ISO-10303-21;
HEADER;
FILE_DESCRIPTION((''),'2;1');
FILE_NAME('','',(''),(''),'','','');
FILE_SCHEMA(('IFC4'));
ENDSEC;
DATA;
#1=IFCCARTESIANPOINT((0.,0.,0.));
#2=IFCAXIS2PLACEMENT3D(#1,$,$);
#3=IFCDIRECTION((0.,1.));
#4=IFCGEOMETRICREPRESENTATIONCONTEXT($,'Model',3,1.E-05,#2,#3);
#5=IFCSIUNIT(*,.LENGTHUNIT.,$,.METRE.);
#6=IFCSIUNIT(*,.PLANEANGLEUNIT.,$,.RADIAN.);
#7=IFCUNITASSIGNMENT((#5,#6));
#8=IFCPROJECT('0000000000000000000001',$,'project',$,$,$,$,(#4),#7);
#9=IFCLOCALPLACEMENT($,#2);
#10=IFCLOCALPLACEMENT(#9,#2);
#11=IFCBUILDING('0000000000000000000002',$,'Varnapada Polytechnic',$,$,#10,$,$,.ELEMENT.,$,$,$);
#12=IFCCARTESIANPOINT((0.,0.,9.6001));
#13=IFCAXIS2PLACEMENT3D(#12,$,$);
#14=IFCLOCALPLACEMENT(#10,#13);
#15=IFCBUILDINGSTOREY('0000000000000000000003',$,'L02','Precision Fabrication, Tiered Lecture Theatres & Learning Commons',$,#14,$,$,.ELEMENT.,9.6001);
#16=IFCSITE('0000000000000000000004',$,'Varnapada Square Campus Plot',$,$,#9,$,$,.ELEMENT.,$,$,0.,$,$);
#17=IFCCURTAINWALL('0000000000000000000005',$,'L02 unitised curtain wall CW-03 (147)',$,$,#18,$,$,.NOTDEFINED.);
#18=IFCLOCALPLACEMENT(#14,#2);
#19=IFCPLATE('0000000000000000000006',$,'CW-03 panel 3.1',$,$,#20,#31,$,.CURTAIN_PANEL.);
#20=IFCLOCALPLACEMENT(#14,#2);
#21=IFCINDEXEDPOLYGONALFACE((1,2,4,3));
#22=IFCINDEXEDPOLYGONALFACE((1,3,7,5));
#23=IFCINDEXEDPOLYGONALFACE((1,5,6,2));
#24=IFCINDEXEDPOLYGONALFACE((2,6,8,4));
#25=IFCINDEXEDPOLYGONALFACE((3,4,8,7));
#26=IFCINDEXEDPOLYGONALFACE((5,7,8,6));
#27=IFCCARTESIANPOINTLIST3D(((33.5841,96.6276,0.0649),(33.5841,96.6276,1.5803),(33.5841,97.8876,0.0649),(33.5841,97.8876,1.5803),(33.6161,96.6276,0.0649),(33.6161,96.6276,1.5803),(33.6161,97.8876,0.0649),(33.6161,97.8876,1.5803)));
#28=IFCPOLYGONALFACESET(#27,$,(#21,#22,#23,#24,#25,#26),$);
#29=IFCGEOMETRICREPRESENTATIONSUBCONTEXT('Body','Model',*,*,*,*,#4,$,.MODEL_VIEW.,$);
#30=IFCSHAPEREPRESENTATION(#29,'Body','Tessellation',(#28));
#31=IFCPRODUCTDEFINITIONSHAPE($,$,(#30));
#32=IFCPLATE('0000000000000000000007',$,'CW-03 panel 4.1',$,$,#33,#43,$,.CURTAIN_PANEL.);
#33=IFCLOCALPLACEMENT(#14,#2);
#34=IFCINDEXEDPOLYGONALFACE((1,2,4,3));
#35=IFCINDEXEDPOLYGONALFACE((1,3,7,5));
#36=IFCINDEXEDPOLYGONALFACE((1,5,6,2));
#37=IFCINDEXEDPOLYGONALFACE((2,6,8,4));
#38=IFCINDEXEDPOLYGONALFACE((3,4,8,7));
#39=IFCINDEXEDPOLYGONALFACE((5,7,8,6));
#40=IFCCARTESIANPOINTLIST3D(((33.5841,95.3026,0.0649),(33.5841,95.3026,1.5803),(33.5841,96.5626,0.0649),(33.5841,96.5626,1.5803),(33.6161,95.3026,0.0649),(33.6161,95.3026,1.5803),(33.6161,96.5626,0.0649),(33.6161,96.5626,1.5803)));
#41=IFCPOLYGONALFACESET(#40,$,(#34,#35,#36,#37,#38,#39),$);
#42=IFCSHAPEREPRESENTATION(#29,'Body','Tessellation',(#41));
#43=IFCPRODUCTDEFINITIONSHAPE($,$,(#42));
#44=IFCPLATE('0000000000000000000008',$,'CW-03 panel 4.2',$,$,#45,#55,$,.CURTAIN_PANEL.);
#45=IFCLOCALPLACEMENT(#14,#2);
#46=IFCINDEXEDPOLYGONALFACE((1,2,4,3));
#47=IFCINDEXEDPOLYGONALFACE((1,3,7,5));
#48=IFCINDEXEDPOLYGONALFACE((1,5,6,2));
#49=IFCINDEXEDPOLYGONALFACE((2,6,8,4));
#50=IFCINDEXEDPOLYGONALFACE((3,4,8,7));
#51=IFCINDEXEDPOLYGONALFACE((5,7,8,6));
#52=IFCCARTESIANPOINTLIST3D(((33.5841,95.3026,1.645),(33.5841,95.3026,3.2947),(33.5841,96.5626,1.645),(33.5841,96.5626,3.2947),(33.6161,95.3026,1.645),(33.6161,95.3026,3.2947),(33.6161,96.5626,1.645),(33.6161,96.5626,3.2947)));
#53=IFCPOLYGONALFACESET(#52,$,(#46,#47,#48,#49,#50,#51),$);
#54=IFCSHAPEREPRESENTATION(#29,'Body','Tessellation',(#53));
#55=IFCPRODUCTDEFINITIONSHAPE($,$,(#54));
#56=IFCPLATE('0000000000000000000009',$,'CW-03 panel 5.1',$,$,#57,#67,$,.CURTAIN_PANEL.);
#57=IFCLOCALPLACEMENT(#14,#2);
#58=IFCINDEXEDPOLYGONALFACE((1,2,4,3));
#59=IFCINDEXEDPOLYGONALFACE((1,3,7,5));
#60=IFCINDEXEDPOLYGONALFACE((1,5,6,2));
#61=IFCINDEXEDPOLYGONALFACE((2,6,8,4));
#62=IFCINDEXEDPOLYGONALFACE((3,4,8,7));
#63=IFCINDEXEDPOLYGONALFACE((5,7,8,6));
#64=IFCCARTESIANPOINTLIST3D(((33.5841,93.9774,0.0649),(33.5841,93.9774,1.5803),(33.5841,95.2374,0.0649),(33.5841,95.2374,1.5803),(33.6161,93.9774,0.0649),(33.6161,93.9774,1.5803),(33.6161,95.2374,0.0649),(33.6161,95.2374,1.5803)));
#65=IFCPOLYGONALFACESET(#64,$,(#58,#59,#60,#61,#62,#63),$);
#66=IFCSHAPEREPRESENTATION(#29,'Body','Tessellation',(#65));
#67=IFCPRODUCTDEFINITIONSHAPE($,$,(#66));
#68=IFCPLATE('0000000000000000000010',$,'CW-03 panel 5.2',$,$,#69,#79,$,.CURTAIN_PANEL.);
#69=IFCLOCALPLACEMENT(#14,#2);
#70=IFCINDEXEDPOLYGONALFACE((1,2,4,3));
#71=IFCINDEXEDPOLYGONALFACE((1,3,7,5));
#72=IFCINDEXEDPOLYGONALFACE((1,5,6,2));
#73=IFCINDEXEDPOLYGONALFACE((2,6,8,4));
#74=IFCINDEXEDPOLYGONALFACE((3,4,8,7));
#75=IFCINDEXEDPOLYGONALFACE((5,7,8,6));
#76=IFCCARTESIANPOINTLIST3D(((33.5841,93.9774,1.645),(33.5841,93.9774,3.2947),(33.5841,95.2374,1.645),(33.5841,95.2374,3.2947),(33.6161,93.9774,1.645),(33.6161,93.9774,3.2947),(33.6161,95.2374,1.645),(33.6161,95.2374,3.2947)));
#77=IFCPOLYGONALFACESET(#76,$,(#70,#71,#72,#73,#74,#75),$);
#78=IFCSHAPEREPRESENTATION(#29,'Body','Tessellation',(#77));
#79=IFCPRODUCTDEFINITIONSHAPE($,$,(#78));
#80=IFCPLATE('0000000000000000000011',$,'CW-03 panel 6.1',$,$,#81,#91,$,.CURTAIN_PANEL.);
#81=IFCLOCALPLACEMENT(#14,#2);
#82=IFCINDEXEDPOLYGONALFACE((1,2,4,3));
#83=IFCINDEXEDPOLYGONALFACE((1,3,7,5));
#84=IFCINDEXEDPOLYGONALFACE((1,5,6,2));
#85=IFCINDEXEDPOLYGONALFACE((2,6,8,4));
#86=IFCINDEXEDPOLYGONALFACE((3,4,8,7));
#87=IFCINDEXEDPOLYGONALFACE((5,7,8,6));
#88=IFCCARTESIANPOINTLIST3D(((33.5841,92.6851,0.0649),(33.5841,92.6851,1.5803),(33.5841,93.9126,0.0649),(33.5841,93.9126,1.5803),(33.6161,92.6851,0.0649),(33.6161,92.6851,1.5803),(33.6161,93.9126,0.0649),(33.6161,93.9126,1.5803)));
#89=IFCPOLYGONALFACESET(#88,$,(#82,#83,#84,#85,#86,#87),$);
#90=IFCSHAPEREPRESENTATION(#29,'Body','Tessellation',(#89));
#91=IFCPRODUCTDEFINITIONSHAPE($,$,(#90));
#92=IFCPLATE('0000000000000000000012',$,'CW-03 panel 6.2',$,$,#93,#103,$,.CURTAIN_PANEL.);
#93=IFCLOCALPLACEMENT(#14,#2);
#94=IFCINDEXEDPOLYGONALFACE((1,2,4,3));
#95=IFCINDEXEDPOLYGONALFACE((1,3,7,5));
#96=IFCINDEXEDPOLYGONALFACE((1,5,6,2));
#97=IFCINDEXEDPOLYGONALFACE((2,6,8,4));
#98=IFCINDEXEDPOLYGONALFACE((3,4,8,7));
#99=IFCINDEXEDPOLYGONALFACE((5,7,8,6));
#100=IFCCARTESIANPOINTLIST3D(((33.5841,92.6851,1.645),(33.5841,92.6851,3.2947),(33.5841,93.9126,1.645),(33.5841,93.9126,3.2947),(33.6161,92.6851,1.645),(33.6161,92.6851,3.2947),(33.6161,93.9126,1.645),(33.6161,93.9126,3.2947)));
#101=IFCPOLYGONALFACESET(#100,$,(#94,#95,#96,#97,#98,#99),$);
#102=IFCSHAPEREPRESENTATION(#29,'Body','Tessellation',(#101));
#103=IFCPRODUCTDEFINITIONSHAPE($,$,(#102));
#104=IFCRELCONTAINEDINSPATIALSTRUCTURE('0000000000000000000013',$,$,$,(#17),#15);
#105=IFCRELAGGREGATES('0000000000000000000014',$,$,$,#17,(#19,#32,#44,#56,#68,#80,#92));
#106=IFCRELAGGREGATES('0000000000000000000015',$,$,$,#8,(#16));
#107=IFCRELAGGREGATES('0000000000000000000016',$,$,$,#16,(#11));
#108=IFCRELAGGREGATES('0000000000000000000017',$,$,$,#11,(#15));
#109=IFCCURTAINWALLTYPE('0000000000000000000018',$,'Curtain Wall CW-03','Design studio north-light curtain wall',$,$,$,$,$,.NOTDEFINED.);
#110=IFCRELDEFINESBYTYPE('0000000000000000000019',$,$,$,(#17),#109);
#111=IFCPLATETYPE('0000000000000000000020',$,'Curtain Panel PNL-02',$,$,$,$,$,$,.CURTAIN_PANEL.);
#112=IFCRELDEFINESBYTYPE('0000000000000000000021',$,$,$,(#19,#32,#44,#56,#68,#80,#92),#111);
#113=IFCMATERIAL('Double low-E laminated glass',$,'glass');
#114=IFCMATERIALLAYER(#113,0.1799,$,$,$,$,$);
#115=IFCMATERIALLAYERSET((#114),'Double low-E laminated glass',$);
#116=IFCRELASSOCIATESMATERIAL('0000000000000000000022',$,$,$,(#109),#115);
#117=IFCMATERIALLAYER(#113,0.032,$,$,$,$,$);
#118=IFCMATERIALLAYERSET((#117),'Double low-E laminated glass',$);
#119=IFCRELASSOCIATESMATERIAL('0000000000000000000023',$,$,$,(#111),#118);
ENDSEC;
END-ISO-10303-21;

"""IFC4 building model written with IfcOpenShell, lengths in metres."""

from ifc_helpers import new_model, si_unit, direction, frame, origin, origin_2d, place, context, subcontext, project, spatial, rectangle, extrude, material, layer, layer_set, type_object, element, aggregate, save


model = new_model("IFC4")

# Units and contexts
model_context = context("Model", 3, precision=1e-05, world=origin(), true_north=direction((0.0, 1.0)))
body_context = subcontext(model_context, "Body", "Model", "MODEL_VIEW")
ifc_project = project(units=[si_unit("LENGTHUNIT", "METRE"), si_unit("PLANEANGLEUNIT", "RADIAN")], contexts=[model_context])

# Site, building, storey
site_placement = place(None, origin())
site = spatial("IfcSite", under=ifc_project, at=site_placement, Name="Varnapada Square Campus Plot", CompositionType="ELEMENT", RefElevation=0.0)
building_placement = place(site_placement, origin())
building = spatial("IfcBuilding", under=site, at=building_placement, Name="Varnapada Polytechnic", CompositionType="ELEMENT")
storey_placement = place(building_placement, frame((0.0, 0.0, 9.6001)))
storey = spatial("IfcBuildingStorey", under=building, at=storey_placement, Name="L02", Description="Precision Fabrication, Tiered Lecture Theatres & Learning Commons", CompositionType="ELEMENT", Elevation=9.6001)

# Curtain wall, plates
ifc_material_1 = material(Name="Double low-E laminated glass", Category="glass")
ifc_layer_1 = layer(ifc_material_1, 0.1799)
ifc_layer_set_1 = layer_set([ifc_layer_1], Name="Double low-E laminated glass")
curtain_wall_type = type_object("IfcCurtainWallType", Name="Curtain Wall CW-03", Description="Design studio north-light curtain wall", PredefinedType="NOTDEFINED", material=ifc_layer_set_1)
curtain_wall_placement = place(storey_placement, origin())
curtain_wall = element("IfcCurtainWall", 1, at=curtain_wall_placement, inside=storey, type_object=curtain_wall_type, Name="L02 unitised curtain wall CW-03 (147)", PredefinedType="NOTDEFINED")
ifc_layer_2 = layer(ifc_material_1, 0.032)
ifc_layer_set_2 = layer_set([ifc_layer_2], Name="Double low-E laminated glass")
plate_type = type_object("IfcPlateType", Name="Curtain Panel PNL-02", PredefinedType="CURTAIN_PANEL", material=ifc_layer_set_2)
plate_1_placement = place(storey_placement, frame((33.6001, 97.2576, 0.0649), z_axis=(0.0, 0.0, 1.0), x_axis=(0.0, -1.0, 0.0)))
plate_1 = element("IfcPlate", 2, at=plate_1_placement, type_object=plate_type, Name="CW-03 panel 3.1", PredefinedType="CURTAIN_PANEL", context=body_context, shape_type="SweptSolid", body=[
    extrude(rectangle(XDim=1.26, YDim=0.032, at=origin_2d()), origin(), (0.0, 0.0, 1.0), 1.5154),
])
plate_2_placement = place(storey_placement, frame((33.6001, 95.9326, 0.0649), z_axis=(0.0, 0.0, 1.0), x_axis=(0.0, -1.0, 0.0)))
plate_2 = element("IfcPlate", 3, at=plate_2_placement, type_object=plate_type, Name="CW-03 panel 4.1", PredefinedType="CURTAIN_PANEL", context=body_context, shape_type="SweptSolid", body=[
    extrude(rectangle(XDim=1.26, YDim=0.032, at=origin_2d()), origin(), (0.0, 0.0, 1.0), 1.5154),
])
plate_3_placement = place(storey_placement, frame((33.6001, 95.9326, 1.645), z_axis=(0.0, 0.0, 1.0), x_axis=(0.0, -1.0, 0.0)))
plate_3 = element("IfcPlate", 4, at=plate_3_placement, type_object=plate_type, Name="CW-03 panel 4.2", PredefinedType="CURTAIN_PANEL", context=body_context, shape_type="SweptSolid", body=[
    extrude(rectangle(XDim=1.26, YDim=0.032, at=origin_2d()), origin(), (0.0, 0.0, 1.0), 1.6497),
])
plate_4_placement = place(storey_placement, frame((33.6001, 94.6074, 0.0649), z_axis=(0.0, 0.0, 1.0), x_axis=(0.0, -1.0, 0.0)))
plate_4 = element("IfcPlate", 5, at=plate_4_placement, type_object=plate_type, Name="CW-03 panel 5.1", PredefinedType="CURTAIN_PANEL", context=body_context, shape_type="SweptSolid", body=[
    extrude(rectangle(XDim=1.26, YDim=0.032, at=origin_2d()), origin(), (0.0, 0.0, 1.0), 1.5154),
])
plate_5_placement = place(storey_placement, frame((33.6001, 94.6074, 1.645), z_axis=(0.0, 0.0, 1.0), x_axis=(0.0, -1.0, 0.0)))
plate_5 = element("IfcPlate", 6, at=plate_5_placement, type_object=plate_type, Name="CW-03 panel 5.2", PredefinedType="CURTAIN_PANEL", context=body_context, shape_type="SweptSolid", body=[
    extrude(rectangle(XDim=1.26, YDim=0.032, at=origin_2d()), origin(), (0.0, 0.0, 1.0), 1.6497),
])
plate_6_placement = place(storey_placement, frame((33.6001, 93.2988, 0.0649), z_axis=(0.0, 0.0, 1.0), x_axis=(0.0, -1.0, 0.0)))
plate_6 = element("IfcPlate", 7, at=plate_6_placement, type_object=plate_type, Name="CW-03 panel 6.1", PredefinedType="CURTAIN_PANEL", context=body_context, shape_type="SweptSolid", body=[
    extrude(rectangle(XDim=1.2275, YDim=0.032, at=origin_2d()), origin(), (0.0, 0.0, 1.0), 1.5154),
])
plate_7_placement = place(storey_placement, frame((33.6001, 93.2988, 1.645), z_axis=(0.0, 0.0, 1.0), x_axis=(0.0, -1.0, 0.0)))
plate_7 = element("IfcPlate", 8, at=plate_7_placement, type_object=plate_type, Name="CW-03 panel 6.2", PredefinedType="CURTAIN_PANEL", context=body_context, shape_type="SweptSolid", body=[
    extrude(rectangle(XDim=1.2275, YDim=0.032, at=origin_2d()), origin(), (0.0, 0.0, 1.0), 1.6497),
])
aggregate(curtain_wall, [plate_1, plate_2, plate_3, plate_4, plate_5, plate_6, plate_7])

save(model, "model.ifc")
